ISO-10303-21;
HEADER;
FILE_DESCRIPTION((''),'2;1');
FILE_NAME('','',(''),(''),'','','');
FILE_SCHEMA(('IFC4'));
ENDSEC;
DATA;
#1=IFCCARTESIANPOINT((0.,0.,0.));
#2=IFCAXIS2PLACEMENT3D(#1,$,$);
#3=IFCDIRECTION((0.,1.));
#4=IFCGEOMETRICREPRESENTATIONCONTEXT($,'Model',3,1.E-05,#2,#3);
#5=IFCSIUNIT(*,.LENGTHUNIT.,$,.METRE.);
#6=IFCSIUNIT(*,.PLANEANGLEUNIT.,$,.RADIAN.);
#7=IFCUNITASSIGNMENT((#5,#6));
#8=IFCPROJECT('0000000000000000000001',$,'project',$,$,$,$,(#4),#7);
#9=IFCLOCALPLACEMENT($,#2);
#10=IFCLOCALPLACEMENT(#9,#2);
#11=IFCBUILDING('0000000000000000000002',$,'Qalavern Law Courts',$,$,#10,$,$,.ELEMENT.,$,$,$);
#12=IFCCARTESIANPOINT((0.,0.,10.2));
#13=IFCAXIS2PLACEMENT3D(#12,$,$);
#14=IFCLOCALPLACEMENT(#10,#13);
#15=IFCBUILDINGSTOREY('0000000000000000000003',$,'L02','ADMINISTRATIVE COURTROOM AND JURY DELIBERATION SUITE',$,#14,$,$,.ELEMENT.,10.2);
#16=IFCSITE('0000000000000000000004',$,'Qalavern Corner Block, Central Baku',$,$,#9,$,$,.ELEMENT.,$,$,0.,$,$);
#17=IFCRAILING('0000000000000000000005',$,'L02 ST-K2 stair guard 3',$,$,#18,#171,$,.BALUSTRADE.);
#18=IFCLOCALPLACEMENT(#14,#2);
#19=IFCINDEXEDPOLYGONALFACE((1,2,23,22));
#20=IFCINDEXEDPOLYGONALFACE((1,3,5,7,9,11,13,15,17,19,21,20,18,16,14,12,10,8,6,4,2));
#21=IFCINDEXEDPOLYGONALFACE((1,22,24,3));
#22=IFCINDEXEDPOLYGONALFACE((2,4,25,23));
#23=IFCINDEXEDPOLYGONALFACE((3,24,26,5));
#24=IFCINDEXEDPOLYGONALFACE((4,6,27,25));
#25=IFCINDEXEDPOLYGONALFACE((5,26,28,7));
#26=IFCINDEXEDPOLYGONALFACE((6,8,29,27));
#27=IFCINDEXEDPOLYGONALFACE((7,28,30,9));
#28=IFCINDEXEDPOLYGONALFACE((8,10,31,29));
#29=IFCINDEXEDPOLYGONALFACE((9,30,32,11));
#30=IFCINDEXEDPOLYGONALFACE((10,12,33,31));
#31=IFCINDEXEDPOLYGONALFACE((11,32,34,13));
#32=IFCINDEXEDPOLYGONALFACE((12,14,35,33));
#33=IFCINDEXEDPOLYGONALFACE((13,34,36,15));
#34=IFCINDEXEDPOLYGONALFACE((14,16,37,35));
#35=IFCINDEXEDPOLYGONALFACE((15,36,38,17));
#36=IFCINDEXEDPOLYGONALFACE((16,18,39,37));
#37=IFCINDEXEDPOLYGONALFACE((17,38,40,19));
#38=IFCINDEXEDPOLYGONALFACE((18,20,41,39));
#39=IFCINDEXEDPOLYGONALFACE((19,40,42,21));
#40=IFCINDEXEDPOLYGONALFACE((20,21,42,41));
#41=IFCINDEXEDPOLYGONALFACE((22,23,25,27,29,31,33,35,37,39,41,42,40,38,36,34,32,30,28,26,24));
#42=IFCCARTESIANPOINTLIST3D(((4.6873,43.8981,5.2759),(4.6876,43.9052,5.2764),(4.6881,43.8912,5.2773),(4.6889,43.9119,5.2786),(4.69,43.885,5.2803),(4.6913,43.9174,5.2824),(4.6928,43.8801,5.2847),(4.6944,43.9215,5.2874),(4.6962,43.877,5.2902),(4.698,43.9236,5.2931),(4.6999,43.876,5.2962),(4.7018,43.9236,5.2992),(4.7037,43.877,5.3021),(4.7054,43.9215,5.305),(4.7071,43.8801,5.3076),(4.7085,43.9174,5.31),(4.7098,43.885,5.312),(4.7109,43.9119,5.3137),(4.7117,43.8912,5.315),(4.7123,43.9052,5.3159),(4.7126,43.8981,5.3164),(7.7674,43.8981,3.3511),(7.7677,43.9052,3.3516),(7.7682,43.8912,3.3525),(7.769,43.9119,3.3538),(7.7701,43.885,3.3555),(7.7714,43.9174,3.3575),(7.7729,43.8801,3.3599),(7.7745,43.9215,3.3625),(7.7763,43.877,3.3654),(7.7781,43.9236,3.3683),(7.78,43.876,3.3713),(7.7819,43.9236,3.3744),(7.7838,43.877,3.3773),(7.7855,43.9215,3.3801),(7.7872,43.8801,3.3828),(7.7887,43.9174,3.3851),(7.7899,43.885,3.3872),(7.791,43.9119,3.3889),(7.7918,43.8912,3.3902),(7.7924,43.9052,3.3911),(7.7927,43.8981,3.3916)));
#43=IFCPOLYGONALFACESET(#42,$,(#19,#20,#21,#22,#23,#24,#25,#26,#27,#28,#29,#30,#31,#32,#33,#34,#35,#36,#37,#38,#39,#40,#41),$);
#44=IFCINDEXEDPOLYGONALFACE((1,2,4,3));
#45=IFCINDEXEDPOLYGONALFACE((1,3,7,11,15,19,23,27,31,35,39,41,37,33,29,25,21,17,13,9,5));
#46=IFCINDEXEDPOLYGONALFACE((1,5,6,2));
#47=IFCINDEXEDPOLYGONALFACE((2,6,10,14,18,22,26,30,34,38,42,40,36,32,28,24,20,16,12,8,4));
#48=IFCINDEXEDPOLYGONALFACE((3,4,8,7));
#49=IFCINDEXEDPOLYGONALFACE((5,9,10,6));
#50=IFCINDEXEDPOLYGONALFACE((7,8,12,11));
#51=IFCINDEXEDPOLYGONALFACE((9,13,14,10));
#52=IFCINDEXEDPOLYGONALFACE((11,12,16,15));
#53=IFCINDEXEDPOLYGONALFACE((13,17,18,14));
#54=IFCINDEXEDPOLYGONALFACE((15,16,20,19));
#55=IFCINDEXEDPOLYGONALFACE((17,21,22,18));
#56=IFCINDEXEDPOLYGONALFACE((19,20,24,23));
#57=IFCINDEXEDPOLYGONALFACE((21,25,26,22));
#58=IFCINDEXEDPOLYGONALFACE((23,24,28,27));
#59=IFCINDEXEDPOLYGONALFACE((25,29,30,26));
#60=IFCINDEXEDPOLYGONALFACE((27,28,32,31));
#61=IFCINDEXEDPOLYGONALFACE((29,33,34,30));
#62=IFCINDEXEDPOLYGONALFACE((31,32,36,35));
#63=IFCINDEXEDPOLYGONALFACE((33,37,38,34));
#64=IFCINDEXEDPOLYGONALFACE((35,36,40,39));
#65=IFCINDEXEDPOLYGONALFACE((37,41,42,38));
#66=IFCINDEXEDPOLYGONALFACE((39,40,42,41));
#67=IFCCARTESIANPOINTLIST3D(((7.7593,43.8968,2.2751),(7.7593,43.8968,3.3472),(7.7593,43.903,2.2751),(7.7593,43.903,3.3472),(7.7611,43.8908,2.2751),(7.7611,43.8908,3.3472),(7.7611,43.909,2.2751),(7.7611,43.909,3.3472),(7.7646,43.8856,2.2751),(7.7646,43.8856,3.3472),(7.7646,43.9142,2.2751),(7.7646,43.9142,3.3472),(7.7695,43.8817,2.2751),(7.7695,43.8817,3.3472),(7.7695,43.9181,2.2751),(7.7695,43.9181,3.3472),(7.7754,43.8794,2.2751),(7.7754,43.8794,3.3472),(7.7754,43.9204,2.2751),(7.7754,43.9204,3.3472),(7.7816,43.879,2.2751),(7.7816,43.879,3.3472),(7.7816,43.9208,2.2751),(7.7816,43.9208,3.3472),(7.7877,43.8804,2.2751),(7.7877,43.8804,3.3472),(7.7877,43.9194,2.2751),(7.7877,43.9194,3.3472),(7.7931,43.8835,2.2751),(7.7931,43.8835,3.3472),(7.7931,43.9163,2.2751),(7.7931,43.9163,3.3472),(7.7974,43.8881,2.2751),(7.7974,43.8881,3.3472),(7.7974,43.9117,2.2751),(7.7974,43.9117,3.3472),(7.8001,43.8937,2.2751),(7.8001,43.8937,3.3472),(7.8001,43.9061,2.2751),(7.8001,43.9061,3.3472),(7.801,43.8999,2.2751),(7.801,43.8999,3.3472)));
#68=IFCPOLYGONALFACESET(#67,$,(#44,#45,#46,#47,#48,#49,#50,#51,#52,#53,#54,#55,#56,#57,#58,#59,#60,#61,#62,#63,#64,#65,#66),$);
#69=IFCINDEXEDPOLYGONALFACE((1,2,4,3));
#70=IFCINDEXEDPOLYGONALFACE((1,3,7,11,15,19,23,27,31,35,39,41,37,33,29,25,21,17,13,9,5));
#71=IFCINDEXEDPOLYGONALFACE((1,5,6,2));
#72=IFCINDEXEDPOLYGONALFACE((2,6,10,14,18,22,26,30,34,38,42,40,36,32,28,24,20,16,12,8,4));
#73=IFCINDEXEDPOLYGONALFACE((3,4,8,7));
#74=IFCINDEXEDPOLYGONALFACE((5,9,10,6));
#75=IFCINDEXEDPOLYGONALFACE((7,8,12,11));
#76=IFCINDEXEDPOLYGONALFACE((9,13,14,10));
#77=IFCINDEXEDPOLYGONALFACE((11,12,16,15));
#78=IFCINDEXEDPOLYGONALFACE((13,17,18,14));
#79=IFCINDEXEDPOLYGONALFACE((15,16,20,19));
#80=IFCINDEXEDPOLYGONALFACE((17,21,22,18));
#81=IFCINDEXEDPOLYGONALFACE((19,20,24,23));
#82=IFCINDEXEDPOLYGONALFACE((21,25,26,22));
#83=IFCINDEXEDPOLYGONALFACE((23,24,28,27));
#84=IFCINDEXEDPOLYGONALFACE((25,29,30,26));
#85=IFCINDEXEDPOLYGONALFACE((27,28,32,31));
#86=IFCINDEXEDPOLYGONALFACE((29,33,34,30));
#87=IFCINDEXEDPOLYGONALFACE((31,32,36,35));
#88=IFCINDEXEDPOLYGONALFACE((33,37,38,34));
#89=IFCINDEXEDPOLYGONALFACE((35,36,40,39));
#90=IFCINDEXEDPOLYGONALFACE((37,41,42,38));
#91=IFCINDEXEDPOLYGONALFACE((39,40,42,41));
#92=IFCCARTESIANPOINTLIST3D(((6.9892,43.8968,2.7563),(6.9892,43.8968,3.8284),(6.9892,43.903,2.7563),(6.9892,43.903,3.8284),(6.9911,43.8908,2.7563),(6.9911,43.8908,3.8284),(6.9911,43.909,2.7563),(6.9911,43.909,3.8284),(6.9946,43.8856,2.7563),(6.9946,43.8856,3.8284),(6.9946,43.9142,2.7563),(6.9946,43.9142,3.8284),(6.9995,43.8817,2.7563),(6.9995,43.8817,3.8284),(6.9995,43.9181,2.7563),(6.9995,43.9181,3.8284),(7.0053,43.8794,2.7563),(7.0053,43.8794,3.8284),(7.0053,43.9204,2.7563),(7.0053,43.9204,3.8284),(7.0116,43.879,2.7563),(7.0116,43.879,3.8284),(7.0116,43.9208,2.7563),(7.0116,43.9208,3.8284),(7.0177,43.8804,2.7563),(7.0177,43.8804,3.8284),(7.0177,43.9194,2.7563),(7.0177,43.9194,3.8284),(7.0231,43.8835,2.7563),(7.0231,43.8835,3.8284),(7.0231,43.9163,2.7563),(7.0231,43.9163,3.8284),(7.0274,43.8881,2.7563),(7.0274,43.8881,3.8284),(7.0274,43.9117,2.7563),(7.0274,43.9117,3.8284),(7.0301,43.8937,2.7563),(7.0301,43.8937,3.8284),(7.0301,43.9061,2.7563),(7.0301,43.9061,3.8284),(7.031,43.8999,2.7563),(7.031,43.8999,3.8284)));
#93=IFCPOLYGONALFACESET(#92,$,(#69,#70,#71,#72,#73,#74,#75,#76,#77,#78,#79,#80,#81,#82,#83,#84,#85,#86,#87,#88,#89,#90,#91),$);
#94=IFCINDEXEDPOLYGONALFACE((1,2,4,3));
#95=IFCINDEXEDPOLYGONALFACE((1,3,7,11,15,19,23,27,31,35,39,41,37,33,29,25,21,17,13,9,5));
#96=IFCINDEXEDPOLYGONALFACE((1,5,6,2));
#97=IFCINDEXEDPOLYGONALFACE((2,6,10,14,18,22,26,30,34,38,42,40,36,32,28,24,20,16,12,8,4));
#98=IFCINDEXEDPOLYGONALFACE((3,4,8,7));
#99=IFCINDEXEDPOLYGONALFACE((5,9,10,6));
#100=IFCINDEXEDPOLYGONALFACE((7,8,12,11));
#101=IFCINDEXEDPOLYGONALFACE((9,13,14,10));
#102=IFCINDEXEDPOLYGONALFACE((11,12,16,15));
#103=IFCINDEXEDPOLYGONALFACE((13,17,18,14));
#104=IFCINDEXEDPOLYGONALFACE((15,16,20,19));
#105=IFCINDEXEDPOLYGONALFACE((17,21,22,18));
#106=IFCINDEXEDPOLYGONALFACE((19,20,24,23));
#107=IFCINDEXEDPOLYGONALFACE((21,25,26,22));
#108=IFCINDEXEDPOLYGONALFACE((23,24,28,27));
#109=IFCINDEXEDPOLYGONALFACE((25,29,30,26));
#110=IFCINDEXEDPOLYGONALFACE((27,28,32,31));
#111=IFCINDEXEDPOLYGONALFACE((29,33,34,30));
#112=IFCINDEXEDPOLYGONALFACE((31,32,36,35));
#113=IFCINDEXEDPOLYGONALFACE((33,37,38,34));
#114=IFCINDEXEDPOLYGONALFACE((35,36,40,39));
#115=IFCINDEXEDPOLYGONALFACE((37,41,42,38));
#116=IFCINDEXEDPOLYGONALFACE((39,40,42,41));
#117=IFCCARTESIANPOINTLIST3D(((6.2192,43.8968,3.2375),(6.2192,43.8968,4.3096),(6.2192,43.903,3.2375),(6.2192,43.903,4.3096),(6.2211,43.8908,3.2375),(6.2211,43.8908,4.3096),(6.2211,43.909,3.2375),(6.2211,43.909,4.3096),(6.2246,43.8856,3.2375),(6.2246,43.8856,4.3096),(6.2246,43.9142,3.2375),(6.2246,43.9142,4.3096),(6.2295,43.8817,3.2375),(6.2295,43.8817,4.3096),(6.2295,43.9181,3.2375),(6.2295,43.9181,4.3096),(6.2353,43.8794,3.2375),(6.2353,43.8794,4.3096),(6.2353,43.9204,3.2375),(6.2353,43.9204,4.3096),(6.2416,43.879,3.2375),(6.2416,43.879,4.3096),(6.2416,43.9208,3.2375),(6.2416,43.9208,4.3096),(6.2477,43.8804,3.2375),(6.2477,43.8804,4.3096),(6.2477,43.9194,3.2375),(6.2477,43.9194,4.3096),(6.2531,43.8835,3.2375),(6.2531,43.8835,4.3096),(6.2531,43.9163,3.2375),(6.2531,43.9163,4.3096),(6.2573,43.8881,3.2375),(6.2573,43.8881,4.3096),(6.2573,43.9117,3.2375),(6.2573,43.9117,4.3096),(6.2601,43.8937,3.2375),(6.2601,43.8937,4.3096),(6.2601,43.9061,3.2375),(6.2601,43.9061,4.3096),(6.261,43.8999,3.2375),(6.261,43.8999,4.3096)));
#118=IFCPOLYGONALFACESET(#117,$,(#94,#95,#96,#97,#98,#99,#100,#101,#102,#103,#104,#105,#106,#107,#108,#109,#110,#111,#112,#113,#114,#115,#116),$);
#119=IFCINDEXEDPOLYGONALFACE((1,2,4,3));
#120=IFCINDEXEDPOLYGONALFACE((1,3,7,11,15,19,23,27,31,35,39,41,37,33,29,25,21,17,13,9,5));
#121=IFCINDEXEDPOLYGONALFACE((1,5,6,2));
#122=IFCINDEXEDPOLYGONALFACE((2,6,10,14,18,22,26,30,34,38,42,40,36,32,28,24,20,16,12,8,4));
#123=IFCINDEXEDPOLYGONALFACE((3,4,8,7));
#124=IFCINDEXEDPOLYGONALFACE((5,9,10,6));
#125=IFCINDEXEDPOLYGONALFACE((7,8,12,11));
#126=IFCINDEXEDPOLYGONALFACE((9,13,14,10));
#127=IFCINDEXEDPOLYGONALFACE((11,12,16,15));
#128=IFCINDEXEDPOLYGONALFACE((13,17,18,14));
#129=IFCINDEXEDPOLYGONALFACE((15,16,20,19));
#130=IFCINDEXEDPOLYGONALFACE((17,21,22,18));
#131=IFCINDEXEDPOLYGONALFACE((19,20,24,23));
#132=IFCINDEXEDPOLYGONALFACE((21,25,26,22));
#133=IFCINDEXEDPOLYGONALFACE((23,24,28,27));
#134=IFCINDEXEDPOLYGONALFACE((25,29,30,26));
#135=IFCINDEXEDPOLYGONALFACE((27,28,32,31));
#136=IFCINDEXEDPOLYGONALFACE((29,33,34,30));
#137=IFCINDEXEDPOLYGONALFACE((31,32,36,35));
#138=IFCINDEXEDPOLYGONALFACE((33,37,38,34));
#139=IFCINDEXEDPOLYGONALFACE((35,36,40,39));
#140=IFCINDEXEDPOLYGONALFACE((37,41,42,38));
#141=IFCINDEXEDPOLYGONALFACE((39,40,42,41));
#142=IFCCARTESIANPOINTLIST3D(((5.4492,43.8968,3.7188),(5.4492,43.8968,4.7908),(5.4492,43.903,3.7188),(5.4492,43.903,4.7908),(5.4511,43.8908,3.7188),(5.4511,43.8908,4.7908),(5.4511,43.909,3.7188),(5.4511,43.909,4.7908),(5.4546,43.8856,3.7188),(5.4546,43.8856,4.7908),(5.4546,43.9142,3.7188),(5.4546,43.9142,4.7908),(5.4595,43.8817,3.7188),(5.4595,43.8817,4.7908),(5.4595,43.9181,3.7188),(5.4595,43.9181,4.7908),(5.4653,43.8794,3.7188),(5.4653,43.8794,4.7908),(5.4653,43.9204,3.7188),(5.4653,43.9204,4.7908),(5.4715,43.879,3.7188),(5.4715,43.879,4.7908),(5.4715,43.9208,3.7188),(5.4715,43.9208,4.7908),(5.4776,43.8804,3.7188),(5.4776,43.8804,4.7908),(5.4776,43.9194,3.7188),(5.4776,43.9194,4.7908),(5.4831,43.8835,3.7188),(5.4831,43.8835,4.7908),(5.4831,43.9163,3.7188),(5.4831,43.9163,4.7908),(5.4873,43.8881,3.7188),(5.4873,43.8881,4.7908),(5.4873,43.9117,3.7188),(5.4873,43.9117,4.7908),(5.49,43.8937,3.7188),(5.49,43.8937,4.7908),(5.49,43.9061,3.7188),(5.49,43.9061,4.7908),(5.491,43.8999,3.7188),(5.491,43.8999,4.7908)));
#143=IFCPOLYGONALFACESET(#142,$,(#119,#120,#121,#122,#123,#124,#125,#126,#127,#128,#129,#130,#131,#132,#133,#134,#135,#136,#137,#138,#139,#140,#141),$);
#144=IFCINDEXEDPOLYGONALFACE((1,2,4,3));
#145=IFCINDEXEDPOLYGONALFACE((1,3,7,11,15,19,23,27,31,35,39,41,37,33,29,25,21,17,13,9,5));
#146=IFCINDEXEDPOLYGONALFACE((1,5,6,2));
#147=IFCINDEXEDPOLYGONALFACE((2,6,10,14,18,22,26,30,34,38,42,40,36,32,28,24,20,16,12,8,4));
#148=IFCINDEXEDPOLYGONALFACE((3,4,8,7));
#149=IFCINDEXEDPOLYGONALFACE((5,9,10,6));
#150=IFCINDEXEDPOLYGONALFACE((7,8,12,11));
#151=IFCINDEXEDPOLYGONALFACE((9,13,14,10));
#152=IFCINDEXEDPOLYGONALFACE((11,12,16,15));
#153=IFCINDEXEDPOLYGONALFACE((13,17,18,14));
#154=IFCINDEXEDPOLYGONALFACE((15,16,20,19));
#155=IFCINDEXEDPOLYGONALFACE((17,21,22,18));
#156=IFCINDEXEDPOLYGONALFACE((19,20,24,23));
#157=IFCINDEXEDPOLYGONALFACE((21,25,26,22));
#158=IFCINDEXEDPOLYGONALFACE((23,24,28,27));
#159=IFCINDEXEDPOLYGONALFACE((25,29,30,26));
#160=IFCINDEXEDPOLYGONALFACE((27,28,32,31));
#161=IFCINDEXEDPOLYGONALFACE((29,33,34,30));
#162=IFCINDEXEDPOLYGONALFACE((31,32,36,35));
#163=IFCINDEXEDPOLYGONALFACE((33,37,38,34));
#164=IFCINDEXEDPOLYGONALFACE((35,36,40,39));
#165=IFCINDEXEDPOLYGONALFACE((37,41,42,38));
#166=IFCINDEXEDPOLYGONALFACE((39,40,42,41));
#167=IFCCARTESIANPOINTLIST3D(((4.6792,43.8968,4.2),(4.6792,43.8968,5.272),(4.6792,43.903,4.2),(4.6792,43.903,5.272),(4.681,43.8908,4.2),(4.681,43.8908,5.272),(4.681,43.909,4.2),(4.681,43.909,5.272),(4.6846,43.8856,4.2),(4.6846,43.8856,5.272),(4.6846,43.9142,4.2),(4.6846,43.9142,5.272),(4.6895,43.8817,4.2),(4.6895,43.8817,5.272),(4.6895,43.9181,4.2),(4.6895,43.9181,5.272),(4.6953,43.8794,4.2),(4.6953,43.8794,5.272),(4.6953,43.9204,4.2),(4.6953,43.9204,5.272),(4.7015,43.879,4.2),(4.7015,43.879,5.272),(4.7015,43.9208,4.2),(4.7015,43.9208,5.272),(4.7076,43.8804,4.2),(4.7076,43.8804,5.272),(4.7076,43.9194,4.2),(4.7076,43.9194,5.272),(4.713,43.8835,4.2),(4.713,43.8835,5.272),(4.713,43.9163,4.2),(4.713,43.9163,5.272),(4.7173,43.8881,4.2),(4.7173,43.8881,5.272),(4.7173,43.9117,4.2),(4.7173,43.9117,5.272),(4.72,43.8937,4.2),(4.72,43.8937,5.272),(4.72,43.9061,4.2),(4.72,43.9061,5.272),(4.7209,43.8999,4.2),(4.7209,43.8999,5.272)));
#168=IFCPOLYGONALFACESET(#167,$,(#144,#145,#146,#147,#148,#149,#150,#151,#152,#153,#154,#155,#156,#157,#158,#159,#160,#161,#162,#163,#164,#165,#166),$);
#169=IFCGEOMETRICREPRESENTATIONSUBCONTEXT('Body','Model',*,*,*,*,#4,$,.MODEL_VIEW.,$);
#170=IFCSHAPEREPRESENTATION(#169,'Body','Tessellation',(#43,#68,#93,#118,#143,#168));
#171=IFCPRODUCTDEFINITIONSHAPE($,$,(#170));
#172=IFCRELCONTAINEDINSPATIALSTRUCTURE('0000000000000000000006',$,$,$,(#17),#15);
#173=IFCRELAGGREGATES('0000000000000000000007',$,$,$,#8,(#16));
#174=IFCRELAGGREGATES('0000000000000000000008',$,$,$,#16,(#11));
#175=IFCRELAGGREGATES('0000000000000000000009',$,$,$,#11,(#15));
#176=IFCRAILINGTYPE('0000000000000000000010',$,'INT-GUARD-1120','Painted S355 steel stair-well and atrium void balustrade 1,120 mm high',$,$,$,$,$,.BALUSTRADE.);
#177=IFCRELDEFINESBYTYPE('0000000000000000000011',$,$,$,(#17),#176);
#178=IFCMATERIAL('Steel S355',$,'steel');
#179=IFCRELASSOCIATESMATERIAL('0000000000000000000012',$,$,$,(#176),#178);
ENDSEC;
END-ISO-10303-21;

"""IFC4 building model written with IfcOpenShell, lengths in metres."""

from ifc_helpers import new_model, si_unit, direction, frame, origin, origin_2d, place, context, subcontext, project, spatial, circle, extrude, material, type_object, element, save


model = new_model("IFC4")

# Units and contexts
model_context = context("Model", 3, precision=1e-05, world=origin(), true_north=direction((0.0, 1.0)))
body_context = subcontext(model_context, "Body", "Model", "MODEL_VIEW")
ifc_project = project(units=[si_unit("LENGTHUNIT", "METRE"), si_unit("PLANEANGLEUNIT", "RADIAN")], contexts=[model_context])

# Site, building, storey
site_placement = place(None, origin())
site = spatial("IfcSite", under=ifc_project, at=site_placement, Name="Qalavern Corner Block, Central Baku", CompositionType="ELEMENT", RefElevation=0.0)
building_placement = place(site_placement, origin())
building = spatial("IfcBuilding", under=site, at=building_placement, Name="Qalavern Law Courts", CompositionType="ELEMENT")
storey_placement = place(building_placement, frame((0.0, 0.0, 10.2)))
storey = spatial("IfcBuildingStorey", under=building, at=storey_placement, Name="L02", Description="ADMINISTRATIVE COURTROOM AND JURY DELIBERATION SUITE", CompositionType="ELEMENT", Elevation=10.2)

# Railing
ifc_material_1 = material(Name="Steel S355", Category="steel")
railing_type_1 = type_object("IfcRailingType", Name="INT-GUARD-1120", Description="Painted S355 steel stair-well and atrium void balustrade 1,120 mm high", PredefinedType="BALUSTRADE", material=ifc_material_1)
railing_1_placement = place(storey_placement, frame((7.78, 43.8999, 2.2751)))
element("IfcRailing", 1, at=railing_1_placement, inside=storey, type_object=railing_type_1, Name="L02 ST-K2 stair guard 3", PredefinedType="BALUSTRADE", context=body_context, shape_type="SweptSolid", body=[
    extrude(circle(Radius=0.0239, at=origin_2d()), frame((0.0, 0.0, 1.0962), z_axis=(-0.848029, 0.0, 0.529951), x_axis=(0.0, -1.0, 0.0)), (0.0, 0.0, 1.0), 3.6321),
    extrude(circle(Radius=0.021, at=origin_2d()), origin(), (0.0, 0.0, 1.0), 1.072),
    extrude(circle(Radius=0.021, at=origin_2d()), frame((-0.77, 0.0, 0.4812)), (0.0, 0.0, 1.0), 1.072),
    extrude(circle(Radius=0.021, at=origin_2d()), frame((-1.54, 0.0, 0.9624)), (0.0, 0.0, 1.0), 1.072),
    extrude(circle(Radius=0.021, at=origin_2d()), frame((-2.3101, 0.0, 1.4436)), (0.0, 0.0, 1.0), 1.072),
    extrude(circle(Radius=0.021, at=origin_2d()), frame((-3.0801, 0.0, 1.9248)), (0.0, 0.0, 1.0), 1.072),
])

save(model, "model.ifc")
